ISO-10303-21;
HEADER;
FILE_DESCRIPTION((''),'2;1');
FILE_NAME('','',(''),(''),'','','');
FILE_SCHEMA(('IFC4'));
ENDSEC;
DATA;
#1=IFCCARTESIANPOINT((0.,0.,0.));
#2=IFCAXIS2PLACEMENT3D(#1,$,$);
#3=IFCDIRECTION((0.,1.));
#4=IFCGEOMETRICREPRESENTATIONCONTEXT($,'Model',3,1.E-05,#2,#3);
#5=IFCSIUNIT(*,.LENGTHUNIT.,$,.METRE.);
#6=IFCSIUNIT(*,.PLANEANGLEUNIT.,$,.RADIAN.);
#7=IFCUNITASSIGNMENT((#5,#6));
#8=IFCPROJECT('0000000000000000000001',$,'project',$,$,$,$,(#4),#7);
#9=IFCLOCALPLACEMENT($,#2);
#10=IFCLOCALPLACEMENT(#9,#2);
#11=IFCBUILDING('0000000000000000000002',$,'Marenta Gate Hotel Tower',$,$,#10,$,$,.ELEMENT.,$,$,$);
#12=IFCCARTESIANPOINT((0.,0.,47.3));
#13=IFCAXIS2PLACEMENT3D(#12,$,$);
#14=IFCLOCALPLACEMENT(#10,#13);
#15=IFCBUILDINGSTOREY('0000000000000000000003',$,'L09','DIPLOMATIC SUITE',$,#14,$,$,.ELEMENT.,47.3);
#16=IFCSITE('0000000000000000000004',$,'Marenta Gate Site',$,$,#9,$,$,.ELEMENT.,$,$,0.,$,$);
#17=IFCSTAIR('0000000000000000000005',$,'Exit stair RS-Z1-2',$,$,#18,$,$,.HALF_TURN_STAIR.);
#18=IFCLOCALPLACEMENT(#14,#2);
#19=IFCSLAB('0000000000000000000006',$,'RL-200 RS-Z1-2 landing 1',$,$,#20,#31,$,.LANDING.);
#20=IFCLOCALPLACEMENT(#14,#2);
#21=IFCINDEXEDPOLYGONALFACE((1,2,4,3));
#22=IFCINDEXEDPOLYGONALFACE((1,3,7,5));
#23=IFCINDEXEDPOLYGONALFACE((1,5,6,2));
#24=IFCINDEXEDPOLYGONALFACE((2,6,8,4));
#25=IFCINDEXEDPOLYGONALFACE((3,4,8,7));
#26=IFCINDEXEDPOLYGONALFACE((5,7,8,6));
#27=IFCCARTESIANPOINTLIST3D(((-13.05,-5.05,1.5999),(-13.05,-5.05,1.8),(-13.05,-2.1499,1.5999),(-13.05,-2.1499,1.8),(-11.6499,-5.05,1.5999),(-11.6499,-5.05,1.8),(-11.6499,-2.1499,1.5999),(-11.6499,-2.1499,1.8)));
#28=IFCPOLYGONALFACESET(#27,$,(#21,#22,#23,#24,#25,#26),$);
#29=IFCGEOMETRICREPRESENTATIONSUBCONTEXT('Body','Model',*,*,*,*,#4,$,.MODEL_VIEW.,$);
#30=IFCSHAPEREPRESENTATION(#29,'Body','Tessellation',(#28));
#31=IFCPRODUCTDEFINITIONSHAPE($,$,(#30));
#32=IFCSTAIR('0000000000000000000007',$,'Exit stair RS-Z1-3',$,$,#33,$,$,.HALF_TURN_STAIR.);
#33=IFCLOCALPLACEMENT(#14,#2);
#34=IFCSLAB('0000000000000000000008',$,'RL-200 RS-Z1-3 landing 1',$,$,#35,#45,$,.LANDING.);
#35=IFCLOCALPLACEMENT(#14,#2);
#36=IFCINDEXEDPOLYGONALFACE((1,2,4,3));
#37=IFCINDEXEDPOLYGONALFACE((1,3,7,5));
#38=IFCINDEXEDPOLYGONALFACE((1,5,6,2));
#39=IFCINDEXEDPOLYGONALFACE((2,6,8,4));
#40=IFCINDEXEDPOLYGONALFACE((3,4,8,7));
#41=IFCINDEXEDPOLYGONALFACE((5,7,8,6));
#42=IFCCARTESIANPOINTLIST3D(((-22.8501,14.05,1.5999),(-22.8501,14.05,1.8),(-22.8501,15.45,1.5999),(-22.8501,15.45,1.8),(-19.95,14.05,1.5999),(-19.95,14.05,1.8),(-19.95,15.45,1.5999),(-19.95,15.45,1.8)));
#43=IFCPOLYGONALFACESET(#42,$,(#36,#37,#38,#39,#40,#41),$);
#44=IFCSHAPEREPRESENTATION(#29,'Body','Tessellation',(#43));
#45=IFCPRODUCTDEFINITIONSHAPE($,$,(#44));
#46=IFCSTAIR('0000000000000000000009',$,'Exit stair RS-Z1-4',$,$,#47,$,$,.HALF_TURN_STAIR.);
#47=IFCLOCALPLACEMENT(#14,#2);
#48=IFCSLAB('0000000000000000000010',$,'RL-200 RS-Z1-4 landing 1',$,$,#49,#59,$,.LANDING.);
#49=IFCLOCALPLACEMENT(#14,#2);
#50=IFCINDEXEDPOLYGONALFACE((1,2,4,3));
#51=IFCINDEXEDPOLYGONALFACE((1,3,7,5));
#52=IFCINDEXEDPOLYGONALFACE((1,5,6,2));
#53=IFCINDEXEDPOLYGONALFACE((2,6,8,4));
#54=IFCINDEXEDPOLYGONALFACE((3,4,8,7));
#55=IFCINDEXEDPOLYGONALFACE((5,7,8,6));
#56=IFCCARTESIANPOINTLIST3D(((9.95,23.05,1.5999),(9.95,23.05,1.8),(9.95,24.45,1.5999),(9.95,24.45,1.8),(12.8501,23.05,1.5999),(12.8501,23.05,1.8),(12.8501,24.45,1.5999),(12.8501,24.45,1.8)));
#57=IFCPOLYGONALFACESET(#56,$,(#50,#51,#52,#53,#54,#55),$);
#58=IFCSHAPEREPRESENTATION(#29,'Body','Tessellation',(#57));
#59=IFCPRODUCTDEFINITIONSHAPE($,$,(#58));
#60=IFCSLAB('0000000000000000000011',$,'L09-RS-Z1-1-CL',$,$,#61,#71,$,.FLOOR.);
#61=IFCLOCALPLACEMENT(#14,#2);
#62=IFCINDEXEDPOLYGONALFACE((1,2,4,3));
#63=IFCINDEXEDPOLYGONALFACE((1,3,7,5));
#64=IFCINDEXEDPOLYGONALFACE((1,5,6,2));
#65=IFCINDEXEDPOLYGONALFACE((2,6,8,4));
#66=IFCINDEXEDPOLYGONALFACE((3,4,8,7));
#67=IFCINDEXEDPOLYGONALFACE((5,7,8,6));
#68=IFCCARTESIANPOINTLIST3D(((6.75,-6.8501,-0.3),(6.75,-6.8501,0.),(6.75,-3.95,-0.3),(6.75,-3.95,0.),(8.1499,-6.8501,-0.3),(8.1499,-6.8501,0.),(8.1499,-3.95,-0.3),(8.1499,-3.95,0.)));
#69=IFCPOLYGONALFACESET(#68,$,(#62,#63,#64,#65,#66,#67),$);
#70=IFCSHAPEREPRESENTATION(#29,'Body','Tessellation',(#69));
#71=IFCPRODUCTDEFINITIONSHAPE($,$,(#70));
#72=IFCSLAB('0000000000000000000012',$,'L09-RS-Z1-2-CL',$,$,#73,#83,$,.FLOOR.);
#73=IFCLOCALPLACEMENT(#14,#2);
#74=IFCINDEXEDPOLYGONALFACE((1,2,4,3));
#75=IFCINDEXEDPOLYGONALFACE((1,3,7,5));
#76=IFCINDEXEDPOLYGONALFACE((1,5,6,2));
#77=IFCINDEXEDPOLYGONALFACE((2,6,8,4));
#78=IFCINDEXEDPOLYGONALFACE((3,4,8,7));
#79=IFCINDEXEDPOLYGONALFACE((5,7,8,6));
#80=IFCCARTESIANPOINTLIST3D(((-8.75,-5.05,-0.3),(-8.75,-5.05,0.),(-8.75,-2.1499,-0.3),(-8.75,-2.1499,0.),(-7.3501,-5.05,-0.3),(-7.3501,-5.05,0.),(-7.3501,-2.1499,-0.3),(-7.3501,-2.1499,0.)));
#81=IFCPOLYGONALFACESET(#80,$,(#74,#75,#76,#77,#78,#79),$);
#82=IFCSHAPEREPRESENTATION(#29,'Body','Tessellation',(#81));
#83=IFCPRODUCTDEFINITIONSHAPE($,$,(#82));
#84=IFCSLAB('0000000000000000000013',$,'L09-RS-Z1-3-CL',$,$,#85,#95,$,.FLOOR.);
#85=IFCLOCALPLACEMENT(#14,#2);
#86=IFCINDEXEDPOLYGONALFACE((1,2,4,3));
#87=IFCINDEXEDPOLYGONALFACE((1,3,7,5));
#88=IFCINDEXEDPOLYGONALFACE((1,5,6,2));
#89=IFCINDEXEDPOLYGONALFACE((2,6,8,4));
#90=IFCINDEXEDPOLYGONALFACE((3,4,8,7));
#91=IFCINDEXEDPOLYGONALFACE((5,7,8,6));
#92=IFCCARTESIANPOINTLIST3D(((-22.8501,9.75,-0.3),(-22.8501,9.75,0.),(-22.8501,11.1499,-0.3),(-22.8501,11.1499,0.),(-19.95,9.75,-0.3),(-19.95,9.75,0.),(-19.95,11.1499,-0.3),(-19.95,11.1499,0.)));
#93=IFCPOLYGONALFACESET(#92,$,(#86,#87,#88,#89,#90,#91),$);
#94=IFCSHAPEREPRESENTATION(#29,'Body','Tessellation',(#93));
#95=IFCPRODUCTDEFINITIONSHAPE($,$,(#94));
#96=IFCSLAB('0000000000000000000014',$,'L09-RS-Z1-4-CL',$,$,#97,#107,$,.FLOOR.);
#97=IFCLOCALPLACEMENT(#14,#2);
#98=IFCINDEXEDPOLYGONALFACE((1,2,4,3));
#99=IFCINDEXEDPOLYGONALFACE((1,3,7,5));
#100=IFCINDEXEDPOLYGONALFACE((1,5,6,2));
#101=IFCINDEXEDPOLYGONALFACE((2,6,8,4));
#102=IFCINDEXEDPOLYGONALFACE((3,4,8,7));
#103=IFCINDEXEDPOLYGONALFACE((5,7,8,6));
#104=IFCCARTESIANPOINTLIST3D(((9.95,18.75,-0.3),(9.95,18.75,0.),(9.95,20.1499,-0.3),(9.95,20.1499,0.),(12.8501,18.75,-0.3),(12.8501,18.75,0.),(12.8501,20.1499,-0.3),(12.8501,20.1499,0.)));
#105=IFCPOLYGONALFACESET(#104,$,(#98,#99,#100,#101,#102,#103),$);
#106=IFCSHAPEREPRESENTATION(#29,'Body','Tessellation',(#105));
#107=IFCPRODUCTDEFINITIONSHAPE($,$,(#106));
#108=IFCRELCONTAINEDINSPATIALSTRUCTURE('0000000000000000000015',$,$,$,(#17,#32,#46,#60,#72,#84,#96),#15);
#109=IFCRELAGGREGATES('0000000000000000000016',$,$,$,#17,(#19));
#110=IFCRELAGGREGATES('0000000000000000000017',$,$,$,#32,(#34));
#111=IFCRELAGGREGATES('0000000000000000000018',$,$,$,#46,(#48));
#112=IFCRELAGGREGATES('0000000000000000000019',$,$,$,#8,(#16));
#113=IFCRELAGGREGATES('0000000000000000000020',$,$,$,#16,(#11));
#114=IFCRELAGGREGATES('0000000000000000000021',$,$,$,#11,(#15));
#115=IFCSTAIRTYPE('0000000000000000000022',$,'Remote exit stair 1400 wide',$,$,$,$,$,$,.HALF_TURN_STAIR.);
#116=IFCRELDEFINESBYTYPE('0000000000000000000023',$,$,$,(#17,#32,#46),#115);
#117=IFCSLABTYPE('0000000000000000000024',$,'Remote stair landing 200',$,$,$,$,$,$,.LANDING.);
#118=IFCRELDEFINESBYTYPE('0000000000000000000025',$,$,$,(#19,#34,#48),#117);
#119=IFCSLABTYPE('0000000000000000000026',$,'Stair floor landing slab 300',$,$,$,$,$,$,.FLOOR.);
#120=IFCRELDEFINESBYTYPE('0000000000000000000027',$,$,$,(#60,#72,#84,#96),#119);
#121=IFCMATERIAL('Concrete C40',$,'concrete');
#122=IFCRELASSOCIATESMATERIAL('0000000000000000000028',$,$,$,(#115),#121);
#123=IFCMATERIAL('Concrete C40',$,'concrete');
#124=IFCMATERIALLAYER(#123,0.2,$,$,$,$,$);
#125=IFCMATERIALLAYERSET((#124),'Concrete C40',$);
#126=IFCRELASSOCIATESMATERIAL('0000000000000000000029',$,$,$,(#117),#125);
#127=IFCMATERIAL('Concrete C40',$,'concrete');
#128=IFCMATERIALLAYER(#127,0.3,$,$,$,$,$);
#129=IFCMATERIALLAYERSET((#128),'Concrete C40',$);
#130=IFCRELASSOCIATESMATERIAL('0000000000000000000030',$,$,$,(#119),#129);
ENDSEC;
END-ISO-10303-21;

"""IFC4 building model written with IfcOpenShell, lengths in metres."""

from ifc_helpers import new_model, si_unit, direction, frame, origin, place, context, subcontext, project, spatial, polyline, outline, extrude, material, layer, layer_set, type_object, element, aggregate, save


model = new_model("IFC4")

# Units and contexts
model_context = context("Model", 3, precision=1e-05, world=origin(), true_north=direction((0.0, 1.0)))
body_context = subcontext(model_context, "Body", "Model", "MODEL_VIEW")
ifc_project = project(units=[si_unit("LENGTHUNIT", "METRE"), si_unit("PLANEANGLEUNIT", "RADIAN")], contexts=[model_context])

# Site, building, storey
site_placement = place(None, origin())
site = spatial("IfcSite", under=ifc_project, at=site_placement, Name="Marenta Gate Site", CompositionType="ELEMENT", RefElevation=0.0)
building_placement = place(site_placement, origin())
building = spatial("IfcBuilding", under=site, at=building_placement, Name="Marenta Gate Hotel Tower", CompositionType="ELEMENT")
storey_placement = place(building_placement, frame((0.0, 0.0, 47.3)))
storey = spatial("IfcBuildingStorey", under=building, at=storey_placement, Name="L09", Description="DIPLOMATIC SUITE", CompositionType="ELEMENT", Elevation=47.3)

# Stairs, slabs
ifc_material_1 = material(Name="Concrete C40", Category="concrete")
stair_type_1 = type_object("IfcStairType", Name="Remote exit stair 1400 wide", PredefinedType="HALF_TURN_STAIR", material=ifc_material_1)
ifc_material_2 = material(Name="Concrete C40", Category="concrete")
ifc_layer_1 = layer(ifc_material_2, 0.2)
ifc_layer_set_1 = layer_set([ifc_layer_1], Name="Concrete C40")
slab_type_1 = type_object("IfcSlabType", Name="Remote stair landing 200", PredefinedType="LANDING", material=ifc_layer_set_1)
stair_1_placement = place(storey_placement, origin())
stair_1 = element("IfcStair", 1, at=stair_1_placement, inside=storey, type_object=stair_type_1, Name="Exit stair RS-Z1-2", PredefinedType="HALF_TURN_STAIR")
slab_1_placement = place(storey_placement, frame((0.0, 0.0, 1.5999)))
slab_1 = element("IfcSlab", 2, at=slab_1_placement, type_object=slab_type_1, Name="RL-200 RS-Z1-2 landing 1", PredefinedType="LANDING", context=body_context, shape_type="SweptSolid", body=[
    extrude(outline(polyline([(-13.05, -5.05), (-11.6499, -5.05), (-11.6499, -2.1499), (-13.05, -2.1499), (-13.05, -5.05)])), origin(), (0.0, 0.0, 1.0), 0.2002),
])
aggregate(stair_1, [slab_1])
stair_2_placement = place(storey_placement, origin())
stair_2 = element("IfcStair", 3, at=stair_2_placement, inside=storey, type_object=stair_type_1, Name="Exit stair RS-Z1-3", PredefinedType="HALF_TURN_STAIR")
slab_2_placement = place(storey_placement, frame((0.0, 0.0, 1.5999)))
slab_2 = element("IfcSlab", 4, at=slab_2_placement, type_object=slab_type_1, Name="RL-200 RS-Z1-3 landing 1", PredefinedType="LANDING", context=body_context, shape_type="SweptSolid", body=[
    extrude(outline(polyline([(-22.8501, 14.05), (-19.95, 14.05), (-19.95, 15.45), (-22.8501, 15.45), (-22.8501, 14.05)])), origin(), (0.0, 0.0, 1.0), 0.2002),
])
aggregate(stair_2, [slab_2])
stair_3_placement = place(storey_placement, origin())
stair_3 = element("IfcStair", 5, at=stair_3_placement, inside=storey, type_object=stair_type_1, Name="Exit stair RS-Z1-4", PredefinedType="HALF_TURN_STAIR")
slab_3_placement = place(storey_placement, frame((0.0, 0.0, 1.5999)))
slab_3 = element("IfcSlab", 6, at=slab_3_placement, type_object=slab_type_1, Name="RL-200 RS-Z1-4 landing 1", PredefinedType="LANDING", context=body_context, shape_type="SweptSolid", body=[
    extrude(outline(polyline([(9.95, 23.05), (12.8501, 23.05), (12.8501, 24.45), (9.95, 24.45), (9.95, 23.05)])), origin(), (0.0, 0.0, 1.0), 0.2002),
])
aggregate(stair_3, [slab_3])

# Slabs
ifc_material_3 = material(Name="Concrete C40", Category="concrete")
ifc_layer_2 = layer(ifc_material_3, 0.3)
ifc_layer_set_2 = layer_set([ifc_layer_2], Name="Concrete C40")
slab_type_2 = type_object("IfcSlabType", Name="Stair floor landing slab 300", PredefinedType="FLOOR", material=ifc_layer_set_2)
slab_4_placement = place(storey_placement, frame((0.0, 0.0, -0.3)))
element("IfcSlab", 7, at=slab_4_placement, inside=storey, type_object=slab_type_2, Name="L09-RS-Z1-1-CL", PredefinedType="FLOOR", context=body_context, shape_type="SweptSolid", body=[
    extrude(outline(polyline([(8.1499, -6.8501), (8.1499, -3.95), (6.75, -3.95), (6.75, -6.8501), (8.1499, -6.8501)])), origin(), (0.0, 0.0, 1.0), 0.3),
])
slab_5_placement = place(storey_placement, frame((0.0, 0.0, -0.3)))
element("IfcSlab", 8, at=slab_5_placement, inside=storey, type_object=slab_type_2, Name="L09-RS-Z1-2-CL", PredefinedType="FLOOR", context=body_context, shape_type="SweptSolid", body=[
    extrude(outline(polyline([(-7.3501, -5.05), (-7.3501, -2.1499), (-8.75, -2.1499), (-8.75, -5.05), (-7.3501, -5.05)])), origin(), (0.0, 0.0, 1.0), 0.3),
])
slab_6_placement = place(storey_placement, frame((0.0, 0.0, -0.3)))
element("IfcSlab", 9, at=slab_6_placement, inside=storey, type_object=slab_type_2, Name="L09-RS-Z1-3-CL", PredefinedType="FLOOR", context=body_context, shape_type="SweptSolid", body=[
    extrude(outline(polyline([(-19.95, 9.75), (-19.95, 11.1499), (-22.8501, 11.1499), (-22.8501, 9.75), (-19.95, 9.75)])), origin(), (0.0, 0.0, 1.0), 0.3),
])
slab_7_placement = place(storey_placement, frame((0.0, 0.0, -0.3)))
element("IfcSlab", 10, at=slab_7_placement, inside=storey, type_object=slab_type_2, Name="L09-RS-Z1-4-CL", PredefinedType="FLOOR", context=body_context, shape_type="SweptSolid", body=[
    extrude(outline(polyline([(12.8501, 18.75), (12.8501, 20.1499), (9.95, 20.1499), (9.95, 18.75), (12.8501, 18.75)])), origin(), (0.0, 0.0, 1.0), 0.3),
])

save(model, "model.ifc")
